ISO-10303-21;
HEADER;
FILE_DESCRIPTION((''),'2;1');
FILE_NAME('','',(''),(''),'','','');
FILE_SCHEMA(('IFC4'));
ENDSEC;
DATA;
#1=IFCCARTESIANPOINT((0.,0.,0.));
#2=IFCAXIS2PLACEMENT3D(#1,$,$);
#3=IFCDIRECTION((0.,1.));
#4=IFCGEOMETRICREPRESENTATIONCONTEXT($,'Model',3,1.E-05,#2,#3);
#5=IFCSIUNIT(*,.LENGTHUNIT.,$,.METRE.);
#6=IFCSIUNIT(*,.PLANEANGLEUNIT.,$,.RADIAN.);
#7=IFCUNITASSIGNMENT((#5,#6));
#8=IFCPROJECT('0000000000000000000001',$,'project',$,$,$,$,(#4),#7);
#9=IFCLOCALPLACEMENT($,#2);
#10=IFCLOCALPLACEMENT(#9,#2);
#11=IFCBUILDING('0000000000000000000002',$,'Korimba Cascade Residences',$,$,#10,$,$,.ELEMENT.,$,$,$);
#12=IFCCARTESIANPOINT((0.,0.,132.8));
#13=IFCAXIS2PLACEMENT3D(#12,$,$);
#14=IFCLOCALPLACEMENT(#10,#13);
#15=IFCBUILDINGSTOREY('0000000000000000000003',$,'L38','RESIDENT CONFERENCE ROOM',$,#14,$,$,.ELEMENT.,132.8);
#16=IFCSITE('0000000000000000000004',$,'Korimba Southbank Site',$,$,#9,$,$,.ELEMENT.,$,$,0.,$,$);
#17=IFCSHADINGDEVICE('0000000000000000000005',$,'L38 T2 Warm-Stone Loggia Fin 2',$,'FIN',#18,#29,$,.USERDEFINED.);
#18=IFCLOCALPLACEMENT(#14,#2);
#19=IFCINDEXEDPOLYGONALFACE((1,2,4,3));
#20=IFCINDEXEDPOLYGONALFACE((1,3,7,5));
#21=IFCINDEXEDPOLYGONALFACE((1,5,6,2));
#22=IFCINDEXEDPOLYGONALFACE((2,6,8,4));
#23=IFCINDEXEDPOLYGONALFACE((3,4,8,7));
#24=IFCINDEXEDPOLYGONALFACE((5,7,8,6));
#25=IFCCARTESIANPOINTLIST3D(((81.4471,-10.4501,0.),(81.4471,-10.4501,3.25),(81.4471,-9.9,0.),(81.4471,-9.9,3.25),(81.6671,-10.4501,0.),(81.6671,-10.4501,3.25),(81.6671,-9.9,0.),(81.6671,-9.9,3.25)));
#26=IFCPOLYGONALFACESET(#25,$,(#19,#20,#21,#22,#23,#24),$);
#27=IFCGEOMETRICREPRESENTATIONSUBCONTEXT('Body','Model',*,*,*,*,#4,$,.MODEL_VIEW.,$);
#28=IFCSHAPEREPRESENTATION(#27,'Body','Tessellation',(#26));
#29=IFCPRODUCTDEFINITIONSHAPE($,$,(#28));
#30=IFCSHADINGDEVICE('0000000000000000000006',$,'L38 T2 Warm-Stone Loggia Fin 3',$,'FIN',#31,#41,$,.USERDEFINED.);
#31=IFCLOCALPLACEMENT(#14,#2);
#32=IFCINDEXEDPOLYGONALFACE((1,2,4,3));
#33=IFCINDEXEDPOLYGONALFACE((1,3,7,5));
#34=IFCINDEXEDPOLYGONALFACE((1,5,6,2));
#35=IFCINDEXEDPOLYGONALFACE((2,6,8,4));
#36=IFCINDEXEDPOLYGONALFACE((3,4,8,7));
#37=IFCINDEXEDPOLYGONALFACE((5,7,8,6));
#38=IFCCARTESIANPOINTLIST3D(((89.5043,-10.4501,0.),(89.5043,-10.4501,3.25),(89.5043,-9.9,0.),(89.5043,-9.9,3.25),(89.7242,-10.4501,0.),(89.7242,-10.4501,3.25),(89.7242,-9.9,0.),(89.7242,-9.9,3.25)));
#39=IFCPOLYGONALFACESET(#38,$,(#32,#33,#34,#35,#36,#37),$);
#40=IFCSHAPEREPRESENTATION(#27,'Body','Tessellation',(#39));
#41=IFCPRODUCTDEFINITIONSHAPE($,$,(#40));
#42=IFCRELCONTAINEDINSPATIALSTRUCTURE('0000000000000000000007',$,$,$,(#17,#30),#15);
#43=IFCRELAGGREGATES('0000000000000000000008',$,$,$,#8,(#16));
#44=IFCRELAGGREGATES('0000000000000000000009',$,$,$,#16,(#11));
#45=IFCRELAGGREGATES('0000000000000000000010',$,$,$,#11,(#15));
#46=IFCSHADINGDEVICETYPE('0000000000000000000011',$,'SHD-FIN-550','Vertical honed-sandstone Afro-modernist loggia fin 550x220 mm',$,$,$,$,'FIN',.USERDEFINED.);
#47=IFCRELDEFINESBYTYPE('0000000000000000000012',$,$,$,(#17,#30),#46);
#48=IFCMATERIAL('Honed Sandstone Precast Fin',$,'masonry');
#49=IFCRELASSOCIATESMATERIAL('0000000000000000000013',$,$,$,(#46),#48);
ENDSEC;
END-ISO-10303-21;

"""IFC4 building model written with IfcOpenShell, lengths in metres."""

from ifc_helpers import new_model, si_unit, direction, frame, origin, origin_2d, place, context, subcontext, project, spatial, rectangle, extrude, material, type_object, element, save


model = new_model("IFC4")

# Units and contexts
model_context = context("Model", 3, precision=1e-05, world=origin(), true_north=direction((0.0, 1.0)))
body_context = subcontext(model_context, "Body", "Model", "MODEL_VIEW")
ifc_project = project(units=[si_unit("LENGTHUNIT", "METRE"), si_unit("PLANEANGLEUNIT", "RADIAN")], contexts=[model_context])

# Site, building, storey
site_placement = place(None, origin())
site = spatial("IfcSite", under=ifc_project, at=site_placement, Name="Korimba Southbank Site", CompositionType="ELEMENT", RefElevation=0.0)
building_placement = place(site_placement, origin())
building = spatial("IfcBuilding", under=site, at=building_placement, Name="Korimba Cascade Residences", CompositionType="ELEMENT")
storey_placement = place(building_placement, frame((0.0, 0.0, 132.8)))
storey = spatial("IfcBuildingStorey", under=building, at=storey_placement, Name="L38", Description="RESIDENT CONFERENCE ROOM", CompositionType="ELEMENT", Elevation=132.8)

# Shading devices
ifc_material_1 = material(Name="Honed Sandstone Precast Fin", Category="masonry")
shading_device_type = type_object("IfcShadingDeviceType", Name="SHD-FIN-550", Description="Vertical honed-sandstone Afro-modernist loggia fin 550x220 mm", ElementType="FIN", PredefinedType="USERDEFINED", material=ifc_material_1)
for number, where, z_axis, x_axis, name in (
    (1, (81.5571, -10.175, 0.0), (0.0, 0.0, 1.0), (1.0, 0.0, 0.0), "L38 T2 Warm-Stone Loggia Fin 2"),
    (2, (89.6143, -10.175, 0.0), (0.0, 0.0, 1.0), (1.0, 0.0, 0.0), "L38 T2 Warm-Stone Loggia Fin 3"),
):
    element("IfcShadingDevice", number, at=place(storey_placement, frame(where, z_axis=z_axis, x_axis=x_axis)), inside=storey, type_object=shading_device_type, Name=name, ObjectType="FIN", PredefinedType="USERDEFINED", context=body_context, shape_type="SweptSolid", body=[
        extrude(rectangle(XDim=0.22, YDim=0.55, at=origin_2d()), origin(), (0.0, 0.0, 1.0), 3.25),
    ])

save(model, "model.ifc")
